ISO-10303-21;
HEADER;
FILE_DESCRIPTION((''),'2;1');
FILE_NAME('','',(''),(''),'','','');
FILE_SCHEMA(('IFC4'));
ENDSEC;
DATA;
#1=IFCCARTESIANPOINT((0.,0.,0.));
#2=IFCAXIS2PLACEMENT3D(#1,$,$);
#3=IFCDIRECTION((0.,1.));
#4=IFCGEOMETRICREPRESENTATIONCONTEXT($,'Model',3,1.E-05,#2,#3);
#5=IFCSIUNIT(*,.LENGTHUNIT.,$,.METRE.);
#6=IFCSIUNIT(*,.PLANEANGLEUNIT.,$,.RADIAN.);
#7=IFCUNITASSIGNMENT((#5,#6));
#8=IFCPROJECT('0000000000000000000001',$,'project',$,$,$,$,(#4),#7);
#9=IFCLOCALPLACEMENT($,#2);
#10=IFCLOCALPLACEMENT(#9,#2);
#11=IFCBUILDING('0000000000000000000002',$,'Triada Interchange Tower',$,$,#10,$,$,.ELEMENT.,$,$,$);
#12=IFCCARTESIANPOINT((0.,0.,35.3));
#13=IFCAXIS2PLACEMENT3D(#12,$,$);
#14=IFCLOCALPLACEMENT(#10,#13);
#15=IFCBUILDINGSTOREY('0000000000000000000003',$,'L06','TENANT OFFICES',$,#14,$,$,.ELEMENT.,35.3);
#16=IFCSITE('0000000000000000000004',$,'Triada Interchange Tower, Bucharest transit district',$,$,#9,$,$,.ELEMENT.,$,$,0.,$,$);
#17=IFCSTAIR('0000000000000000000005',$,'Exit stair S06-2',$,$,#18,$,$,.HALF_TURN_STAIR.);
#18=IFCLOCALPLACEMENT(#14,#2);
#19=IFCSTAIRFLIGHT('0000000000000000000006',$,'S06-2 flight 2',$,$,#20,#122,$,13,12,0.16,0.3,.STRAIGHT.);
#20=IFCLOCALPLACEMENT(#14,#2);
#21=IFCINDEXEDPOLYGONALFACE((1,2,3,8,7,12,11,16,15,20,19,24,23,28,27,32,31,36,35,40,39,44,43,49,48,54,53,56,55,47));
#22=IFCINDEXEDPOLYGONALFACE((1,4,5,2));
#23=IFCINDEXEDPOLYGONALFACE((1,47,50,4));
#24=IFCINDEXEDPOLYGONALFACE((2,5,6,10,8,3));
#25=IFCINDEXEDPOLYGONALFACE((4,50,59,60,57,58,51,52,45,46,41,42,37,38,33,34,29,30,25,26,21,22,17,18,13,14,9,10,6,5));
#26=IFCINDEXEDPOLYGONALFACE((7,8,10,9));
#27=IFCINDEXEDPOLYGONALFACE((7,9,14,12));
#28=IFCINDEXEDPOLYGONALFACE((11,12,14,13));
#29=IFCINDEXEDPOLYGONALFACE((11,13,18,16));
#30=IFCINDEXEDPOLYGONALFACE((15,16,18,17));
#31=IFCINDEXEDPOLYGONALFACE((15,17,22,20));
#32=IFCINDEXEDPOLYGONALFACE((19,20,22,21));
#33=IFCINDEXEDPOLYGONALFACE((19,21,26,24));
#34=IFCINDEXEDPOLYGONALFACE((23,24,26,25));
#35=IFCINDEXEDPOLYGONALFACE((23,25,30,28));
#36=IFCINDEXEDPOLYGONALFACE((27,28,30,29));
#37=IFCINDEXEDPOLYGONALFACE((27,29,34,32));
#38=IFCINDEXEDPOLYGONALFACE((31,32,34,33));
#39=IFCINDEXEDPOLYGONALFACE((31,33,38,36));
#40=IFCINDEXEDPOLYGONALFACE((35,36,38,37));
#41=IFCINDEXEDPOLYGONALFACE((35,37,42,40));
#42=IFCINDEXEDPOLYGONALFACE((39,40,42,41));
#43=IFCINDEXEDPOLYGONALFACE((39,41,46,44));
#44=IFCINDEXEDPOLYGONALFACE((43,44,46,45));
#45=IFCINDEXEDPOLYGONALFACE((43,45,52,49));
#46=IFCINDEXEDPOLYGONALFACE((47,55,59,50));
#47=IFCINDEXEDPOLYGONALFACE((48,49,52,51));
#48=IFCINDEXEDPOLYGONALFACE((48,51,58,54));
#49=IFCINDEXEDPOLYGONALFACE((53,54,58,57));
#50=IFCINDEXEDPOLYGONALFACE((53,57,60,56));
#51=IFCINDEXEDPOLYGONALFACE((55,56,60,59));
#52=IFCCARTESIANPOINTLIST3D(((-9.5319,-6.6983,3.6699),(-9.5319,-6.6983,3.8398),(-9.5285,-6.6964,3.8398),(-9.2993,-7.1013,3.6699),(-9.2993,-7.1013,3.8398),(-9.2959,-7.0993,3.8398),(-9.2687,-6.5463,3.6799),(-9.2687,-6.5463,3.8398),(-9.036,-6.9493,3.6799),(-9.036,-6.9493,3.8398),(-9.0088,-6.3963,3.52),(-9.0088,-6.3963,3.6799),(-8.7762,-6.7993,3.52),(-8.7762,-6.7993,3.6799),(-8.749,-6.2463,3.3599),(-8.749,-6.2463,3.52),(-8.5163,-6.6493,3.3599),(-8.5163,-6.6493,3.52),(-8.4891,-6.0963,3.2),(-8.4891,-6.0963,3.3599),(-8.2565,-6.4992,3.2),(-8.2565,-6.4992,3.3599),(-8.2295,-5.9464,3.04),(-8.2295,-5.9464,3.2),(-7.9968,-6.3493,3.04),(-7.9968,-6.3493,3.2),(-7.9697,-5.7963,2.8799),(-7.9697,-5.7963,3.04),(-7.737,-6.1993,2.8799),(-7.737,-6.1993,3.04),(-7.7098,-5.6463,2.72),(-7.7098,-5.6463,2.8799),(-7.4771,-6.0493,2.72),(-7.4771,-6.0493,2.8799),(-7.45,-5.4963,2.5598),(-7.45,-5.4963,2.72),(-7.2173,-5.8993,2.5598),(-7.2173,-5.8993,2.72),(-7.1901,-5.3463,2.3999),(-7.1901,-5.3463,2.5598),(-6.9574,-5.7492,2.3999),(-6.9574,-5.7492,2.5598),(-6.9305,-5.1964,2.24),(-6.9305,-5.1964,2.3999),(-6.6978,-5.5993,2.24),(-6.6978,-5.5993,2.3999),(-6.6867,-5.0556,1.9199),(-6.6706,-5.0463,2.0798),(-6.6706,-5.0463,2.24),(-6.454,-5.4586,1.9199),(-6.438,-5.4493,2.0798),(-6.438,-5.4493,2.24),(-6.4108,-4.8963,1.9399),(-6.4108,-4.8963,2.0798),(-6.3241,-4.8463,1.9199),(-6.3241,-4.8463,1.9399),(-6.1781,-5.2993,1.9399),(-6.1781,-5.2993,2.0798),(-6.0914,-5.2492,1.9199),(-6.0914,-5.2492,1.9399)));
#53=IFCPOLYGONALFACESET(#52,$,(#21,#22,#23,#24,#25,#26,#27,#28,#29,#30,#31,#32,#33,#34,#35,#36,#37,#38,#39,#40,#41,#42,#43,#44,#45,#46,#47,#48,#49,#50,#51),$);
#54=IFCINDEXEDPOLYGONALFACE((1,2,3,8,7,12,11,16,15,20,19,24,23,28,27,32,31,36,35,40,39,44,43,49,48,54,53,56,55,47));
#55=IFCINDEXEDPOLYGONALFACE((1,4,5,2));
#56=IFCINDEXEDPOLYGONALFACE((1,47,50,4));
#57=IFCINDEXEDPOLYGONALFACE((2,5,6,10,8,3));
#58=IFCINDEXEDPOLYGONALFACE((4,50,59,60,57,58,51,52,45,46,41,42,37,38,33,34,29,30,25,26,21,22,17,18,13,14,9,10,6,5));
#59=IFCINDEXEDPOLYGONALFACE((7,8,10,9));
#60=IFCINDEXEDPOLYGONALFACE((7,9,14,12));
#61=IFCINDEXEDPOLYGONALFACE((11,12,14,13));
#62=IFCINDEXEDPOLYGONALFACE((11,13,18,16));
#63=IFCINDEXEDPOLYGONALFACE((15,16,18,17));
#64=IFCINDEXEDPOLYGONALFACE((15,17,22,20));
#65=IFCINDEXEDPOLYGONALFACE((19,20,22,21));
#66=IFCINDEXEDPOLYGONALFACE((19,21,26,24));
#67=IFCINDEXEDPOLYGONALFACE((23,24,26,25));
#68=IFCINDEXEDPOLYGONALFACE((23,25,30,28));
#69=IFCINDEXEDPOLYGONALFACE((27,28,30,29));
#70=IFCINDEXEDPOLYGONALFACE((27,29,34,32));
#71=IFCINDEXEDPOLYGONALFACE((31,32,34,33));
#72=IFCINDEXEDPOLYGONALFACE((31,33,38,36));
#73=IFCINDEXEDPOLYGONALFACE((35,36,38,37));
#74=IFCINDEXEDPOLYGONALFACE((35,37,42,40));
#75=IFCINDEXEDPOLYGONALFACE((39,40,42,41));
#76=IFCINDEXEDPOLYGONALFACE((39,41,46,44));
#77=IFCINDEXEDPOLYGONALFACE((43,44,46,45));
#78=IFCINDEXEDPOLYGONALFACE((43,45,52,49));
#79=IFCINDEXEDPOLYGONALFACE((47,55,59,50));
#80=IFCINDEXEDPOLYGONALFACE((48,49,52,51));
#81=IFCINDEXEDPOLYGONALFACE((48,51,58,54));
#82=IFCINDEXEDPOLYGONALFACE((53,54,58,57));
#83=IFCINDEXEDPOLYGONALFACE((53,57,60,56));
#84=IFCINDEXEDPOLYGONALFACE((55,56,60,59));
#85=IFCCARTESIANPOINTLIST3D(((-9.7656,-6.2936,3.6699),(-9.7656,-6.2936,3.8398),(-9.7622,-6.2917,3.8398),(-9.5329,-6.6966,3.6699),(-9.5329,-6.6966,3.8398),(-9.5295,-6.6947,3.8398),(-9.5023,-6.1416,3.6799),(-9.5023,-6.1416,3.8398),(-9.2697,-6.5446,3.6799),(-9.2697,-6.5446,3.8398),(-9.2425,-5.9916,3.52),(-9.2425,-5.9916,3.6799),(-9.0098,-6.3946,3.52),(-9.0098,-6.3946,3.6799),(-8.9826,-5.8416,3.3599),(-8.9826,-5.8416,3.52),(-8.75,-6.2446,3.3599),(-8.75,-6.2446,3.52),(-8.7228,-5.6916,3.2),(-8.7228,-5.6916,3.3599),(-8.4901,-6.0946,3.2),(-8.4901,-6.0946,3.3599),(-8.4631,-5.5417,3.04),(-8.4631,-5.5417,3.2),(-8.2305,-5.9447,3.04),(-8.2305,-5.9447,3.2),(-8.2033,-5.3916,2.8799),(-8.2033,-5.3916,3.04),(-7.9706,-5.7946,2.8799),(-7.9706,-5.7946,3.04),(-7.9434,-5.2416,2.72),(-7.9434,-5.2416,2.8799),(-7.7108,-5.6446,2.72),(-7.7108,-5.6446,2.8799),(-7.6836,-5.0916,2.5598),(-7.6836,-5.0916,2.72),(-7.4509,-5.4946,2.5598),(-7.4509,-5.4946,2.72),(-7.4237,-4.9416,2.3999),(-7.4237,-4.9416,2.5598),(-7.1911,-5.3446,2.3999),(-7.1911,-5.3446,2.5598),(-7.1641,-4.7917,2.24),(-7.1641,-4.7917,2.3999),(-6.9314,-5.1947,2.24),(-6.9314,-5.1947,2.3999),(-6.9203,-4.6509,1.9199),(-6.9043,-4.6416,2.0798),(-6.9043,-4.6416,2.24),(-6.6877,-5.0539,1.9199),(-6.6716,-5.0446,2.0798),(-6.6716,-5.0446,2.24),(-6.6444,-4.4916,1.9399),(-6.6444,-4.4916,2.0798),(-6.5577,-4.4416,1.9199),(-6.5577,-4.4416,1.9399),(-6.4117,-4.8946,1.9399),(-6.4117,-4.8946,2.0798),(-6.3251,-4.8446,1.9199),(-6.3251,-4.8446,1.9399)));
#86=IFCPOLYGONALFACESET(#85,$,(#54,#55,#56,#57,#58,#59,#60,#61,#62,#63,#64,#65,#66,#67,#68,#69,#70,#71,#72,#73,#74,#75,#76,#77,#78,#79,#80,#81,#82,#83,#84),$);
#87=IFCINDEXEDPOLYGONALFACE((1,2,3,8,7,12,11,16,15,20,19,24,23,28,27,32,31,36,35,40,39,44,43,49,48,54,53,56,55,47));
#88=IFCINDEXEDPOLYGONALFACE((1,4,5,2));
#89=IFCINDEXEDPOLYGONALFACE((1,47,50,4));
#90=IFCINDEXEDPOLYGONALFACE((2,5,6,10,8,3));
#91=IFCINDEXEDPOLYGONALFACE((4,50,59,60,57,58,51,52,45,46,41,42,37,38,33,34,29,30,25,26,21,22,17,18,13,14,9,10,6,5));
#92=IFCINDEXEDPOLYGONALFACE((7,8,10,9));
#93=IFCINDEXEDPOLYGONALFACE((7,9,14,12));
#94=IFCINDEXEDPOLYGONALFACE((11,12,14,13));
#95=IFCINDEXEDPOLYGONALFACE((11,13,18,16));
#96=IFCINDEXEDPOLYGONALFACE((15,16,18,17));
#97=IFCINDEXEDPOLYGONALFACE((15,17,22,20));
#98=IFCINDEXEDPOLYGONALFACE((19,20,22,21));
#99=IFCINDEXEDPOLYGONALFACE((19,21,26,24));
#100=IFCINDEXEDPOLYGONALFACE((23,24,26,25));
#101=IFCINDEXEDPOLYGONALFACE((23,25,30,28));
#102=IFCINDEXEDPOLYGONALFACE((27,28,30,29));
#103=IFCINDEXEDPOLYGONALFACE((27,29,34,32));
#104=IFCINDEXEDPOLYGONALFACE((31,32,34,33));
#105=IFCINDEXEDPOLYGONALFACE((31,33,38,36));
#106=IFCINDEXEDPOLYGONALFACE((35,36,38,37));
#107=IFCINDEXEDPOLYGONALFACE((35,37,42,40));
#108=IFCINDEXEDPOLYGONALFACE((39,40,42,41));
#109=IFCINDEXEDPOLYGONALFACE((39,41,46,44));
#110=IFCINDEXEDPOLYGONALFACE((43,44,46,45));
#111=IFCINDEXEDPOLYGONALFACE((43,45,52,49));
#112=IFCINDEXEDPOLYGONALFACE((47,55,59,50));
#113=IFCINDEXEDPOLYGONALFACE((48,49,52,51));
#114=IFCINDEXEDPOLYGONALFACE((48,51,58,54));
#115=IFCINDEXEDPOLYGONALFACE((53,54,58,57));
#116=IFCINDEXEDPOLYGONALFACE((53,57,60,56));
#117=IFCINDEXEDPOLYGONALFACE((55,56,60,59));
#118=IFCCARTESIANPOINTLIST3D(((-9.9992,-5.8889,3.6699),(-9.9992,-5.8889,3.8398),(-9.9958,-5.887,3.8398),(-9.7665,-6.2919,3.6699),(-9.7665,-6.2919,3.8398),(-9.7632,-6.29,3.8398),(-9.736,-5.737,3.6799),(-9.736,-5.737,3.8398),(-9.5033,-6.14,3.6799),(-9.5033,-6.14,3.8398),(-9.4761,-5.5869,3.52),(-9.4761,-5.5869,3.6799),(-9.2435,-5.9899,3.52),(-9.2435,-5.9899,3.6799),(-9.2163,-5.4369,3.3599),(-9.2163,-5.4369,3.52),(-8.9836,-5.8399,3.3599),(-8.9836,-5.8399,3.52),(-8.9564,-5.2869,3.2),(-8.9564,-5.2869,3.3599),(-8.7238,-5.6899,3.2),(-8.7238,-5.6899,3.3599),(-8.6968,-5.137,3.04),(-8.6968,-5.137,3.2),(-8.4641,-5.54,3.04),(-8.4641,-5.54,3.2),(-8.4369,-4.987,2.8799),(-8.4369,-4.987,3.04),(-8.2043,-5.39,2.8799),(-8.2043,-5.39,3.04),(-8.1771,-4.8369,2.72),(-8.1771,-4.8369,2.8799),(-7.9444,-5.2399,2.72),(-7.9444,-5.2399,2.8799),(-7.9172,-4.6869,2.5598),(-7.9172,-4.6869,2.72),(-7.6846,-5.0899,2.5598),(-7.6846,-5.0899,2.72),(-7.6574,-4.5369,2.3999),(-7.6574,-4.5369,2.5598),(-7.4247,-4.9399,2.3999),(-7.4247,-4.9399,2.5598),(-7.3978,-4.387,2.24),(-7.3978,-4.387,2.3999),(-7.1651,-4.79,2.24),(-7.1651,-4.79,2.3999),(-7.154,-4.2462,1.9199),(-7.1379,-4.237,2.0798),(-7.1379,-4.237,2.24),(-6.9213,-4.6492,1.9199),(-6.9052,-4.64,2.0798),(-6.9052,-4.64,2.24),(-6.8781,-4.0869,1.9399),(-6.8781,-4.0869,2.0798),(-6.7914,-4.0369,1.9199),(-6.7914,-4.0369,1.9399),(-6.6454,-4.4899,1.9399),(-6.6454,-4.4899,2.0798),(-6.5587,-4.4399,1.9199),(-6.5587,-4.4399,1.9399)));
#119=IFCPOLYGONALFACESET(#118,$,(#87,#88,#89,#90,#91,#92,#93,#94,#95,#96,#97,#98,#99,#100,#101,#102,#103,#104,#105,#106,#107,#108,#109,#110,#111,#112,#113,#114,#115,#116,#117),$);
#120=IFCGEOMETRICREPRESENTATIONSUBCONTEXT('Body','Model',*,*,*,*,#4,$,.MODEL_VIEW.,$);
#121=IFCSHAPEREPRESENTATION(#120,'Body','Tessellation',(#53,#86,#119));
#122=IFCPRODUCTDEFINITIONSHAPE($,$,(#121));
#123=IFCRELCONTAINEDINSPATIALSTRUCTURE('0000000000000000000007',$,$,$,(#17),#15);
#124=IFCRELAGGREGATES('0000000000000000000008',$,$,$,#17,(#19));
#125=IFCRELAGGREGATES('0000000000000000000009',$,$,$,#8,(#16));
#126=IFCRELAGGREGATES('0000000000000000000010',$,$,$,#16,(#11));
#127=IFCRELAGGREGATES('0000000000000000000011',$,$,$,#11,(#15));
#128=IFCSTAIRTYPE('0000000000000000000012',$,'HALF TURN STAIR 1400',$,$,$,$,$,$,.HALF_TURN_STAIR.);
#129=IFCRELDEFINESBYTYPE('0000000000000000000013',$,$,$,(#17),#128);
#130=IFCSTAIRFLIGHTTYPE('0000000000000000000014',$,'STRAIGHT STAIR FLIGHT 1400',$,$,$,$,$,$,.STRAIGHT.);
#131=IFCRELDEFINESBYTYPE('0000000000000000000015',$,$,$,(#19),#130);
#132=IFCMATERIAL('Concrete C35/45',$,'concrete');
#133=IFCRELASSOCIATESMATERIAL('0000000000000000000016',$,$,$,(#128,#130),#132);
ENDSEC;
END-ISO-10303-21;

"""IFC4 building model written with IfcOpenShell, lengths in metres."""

from ifc_helpers import new_model, si_unit, direction, frame, origin, place, context, subcontext, project, spatial, polyline, outline, extrude, material, type_object, element, aggregate, save


model = new_model("IFC4")

# Units and contexts
model_context = context("Model", 3, precision=1e-05, world=origin(), true_north=direction((0.0, 1.0)))
body_context = subcontext(model_context, "Body", "Model", "MODEL_VIEW")
ifc_project = project(units=[si_unit("LENGTHUNIT", "METRE"), si_unit("PLANEANGLEUNIT", "RADIAN")], contexts=[model_context])

# Site, building, storey
site_placement = place(None, origin())
site = spatial("IfcSite", under=ifc_project, at=site_placement, Name="Triada Interchange Tower, Bucharest transit district", CompositionType="ELEMENT", RefElevation=0.0)
building_placement = place(site_placement, origin())
building = spatial("IfcBuilding", under=site, at=building_placement, Name="Triada Interchange Tower", CompositionType="ELEMENT")
storey_placement = place(building_placement, frame((0.0, 0.0, 35.3)))
storey = spatial("IfcBuildingStorey", under=building, at=storey_placement, Name="L06", Description="TENANT OFFICES", CompositionType="ELEMENT", Elevation=35.3)

# Stair, stair flight
ifc_material_1 = material(Name="Concrete C35/45", Category="concrete")
stair_type = type_object("IfcStairType", Name="HALF TURN STAIR 1400", PredefinedType="HALF_TURN_STAIR", material=ifc_material_1)
stair_placement = place(storey_placement, origin())
stair = element("IfcStair", 1, at=stair_placement, inside=storey, type_object=stair_type, Name="Exit stair S06-2", PredefinedType="HALF_TURN_STAIR")
stair_flight_type = type_object("IfcStairFlightType", Name="STRAIGHT STAIR FLIGHT 1400", PredefinedType="STRAIGHT", material=ifc_material_1)
stair_flight_1_placement = place(storey_placement, frame((-6.5281, -4.6931, 1.9199), z_axis=(0.0, 0.0, 1.0), x_axis=(-0.866025, -0.5, 0.0)))
stair_flight_1 = element("IfcStairFlight", 2, at=stair_flight_1_placement, type_object=stair_flight_type, Name="S06-2 flight 2", NumberOfRisers=13, NumberOfTreads=12, PredefinedType="STRAIGHT", RiserHeight=0.16, TreadLength=0.3, context=body_context, shape_type="SweptSolid", body=[
    extrude(outline(polyline([(-0.1001, 0.0), (-0.1001, 0.02), (0.0, 0.02), (0.0, 0.1599), (0.3, 0.1599), (0.3, 0.3201), (0.6001, 0.3201), (0.6001, 0.48), (0.8999, 0.48), (0.8999, 0.6399), (1.2, 0.6399), (1.2, 0.8), (1.5, 0.8), (1.5, 0.96), (1.8, 0.96), (1.8, 1.1201), (2.1001, 1.1201), (2.1001, 1.28), (2.3999, 1.28), (2.3999, 1.4399), (2.7, 1.4399), (2.7, 1.6001), (3.0, 1.6001), (3.0, 1.76), (3.3, 1.76), (3.3, 1.9199), (3.6001, 1.9199), (3.604, 1.9199), (3.604, 2.0801), (3.604, 1.75), (0.3186, 0.0), (-0.1001, 0.0)])), frame((0.0, 0.7, 0.0), z_axis=(0.0, -1.0, 0.0), x_axis=(1.0, 0.0, 0.0)), (0.0, 0.0, 1.0), 0.4653),
    extrude(outline(polyline([(-0.1001, 0.0), (-0.1001, 0.02), (0.0, 0.02), (0.0, 0.1599), (0.3, 0.1599), (0.3, 0.3201), (0.6001, 0.3201), (0.6001, 0.48), (0.8999, 0.48), (0.8999, 0.6399), (1.2, 0.6399), (1.2, 0.8), (1.5, 0.8), (1.5, 0.96), (1.8, 0.96), (1.8, 1.1201), (2.1001, 1.1201), (2.1001, 1.28), (2.3999, 1.28), (2.3999, 1.4399), (2.7, 1.4399), (2.7, 1.6001), (3.0, 1.6001), (3.0, 1.76), (3.3, 1.76), (3.3, 1.9199), (3.6001, 1.9199), (3.604, 1.9199), (3.604, 2.0801), (3.604, 1.75), (0.3186, 0.0), (-0.1001, 0.0)])), frame((0.0, 0.2327, 0.0), z_axis=(0.0, -1.0, 0.0), x_axis=(1.0, 0.0, 0.0)), (0.0, 0.0, 1.0), 0.4653),
    extrude(outline(polyline([(-0.1001, 0.0), (-0.1001, 0.02), (0.0, 0.02), (0.0, 0.1599), (0.3, 0.1599), (0.3, 0.3201), (0.6001, 0.3201), (0.6001, 0.48), (0.8999, 0.48), (0.8999, 0.6399), (1.2, 0.6399), (1.2, 0.8), (1.5, 0.8), (1.5, 0.96), (1.8, 0.96), (1.8, 1.1201), (2.1001, 1.1201), (2.1001, 1.28), (2.3999, 1.28), (2.3999, 1.4399), (2.7, 1.4399), (2.7, 1.6001), (3.0, 1.6001), (3.0, 1.76), (3.3, 1.76), (3.3, 1.9199), (3.6001, 1.9199), (3.604, 1.9199), (3.604, 2.0801), (3.604, 1.75), (0.3186, 0.0), (-0.1001, 0.0)])), frame((0.0, -0.2346, 0.0), z_axis=(0.0, -1.0, 0.0), x_axis=(1.0, 0.0, 0.0)), (0.0, 0.0, 1.0), 0.4653),
])
aggregate(stair, [stair_flight_1])

save(model, "model.ifc")
